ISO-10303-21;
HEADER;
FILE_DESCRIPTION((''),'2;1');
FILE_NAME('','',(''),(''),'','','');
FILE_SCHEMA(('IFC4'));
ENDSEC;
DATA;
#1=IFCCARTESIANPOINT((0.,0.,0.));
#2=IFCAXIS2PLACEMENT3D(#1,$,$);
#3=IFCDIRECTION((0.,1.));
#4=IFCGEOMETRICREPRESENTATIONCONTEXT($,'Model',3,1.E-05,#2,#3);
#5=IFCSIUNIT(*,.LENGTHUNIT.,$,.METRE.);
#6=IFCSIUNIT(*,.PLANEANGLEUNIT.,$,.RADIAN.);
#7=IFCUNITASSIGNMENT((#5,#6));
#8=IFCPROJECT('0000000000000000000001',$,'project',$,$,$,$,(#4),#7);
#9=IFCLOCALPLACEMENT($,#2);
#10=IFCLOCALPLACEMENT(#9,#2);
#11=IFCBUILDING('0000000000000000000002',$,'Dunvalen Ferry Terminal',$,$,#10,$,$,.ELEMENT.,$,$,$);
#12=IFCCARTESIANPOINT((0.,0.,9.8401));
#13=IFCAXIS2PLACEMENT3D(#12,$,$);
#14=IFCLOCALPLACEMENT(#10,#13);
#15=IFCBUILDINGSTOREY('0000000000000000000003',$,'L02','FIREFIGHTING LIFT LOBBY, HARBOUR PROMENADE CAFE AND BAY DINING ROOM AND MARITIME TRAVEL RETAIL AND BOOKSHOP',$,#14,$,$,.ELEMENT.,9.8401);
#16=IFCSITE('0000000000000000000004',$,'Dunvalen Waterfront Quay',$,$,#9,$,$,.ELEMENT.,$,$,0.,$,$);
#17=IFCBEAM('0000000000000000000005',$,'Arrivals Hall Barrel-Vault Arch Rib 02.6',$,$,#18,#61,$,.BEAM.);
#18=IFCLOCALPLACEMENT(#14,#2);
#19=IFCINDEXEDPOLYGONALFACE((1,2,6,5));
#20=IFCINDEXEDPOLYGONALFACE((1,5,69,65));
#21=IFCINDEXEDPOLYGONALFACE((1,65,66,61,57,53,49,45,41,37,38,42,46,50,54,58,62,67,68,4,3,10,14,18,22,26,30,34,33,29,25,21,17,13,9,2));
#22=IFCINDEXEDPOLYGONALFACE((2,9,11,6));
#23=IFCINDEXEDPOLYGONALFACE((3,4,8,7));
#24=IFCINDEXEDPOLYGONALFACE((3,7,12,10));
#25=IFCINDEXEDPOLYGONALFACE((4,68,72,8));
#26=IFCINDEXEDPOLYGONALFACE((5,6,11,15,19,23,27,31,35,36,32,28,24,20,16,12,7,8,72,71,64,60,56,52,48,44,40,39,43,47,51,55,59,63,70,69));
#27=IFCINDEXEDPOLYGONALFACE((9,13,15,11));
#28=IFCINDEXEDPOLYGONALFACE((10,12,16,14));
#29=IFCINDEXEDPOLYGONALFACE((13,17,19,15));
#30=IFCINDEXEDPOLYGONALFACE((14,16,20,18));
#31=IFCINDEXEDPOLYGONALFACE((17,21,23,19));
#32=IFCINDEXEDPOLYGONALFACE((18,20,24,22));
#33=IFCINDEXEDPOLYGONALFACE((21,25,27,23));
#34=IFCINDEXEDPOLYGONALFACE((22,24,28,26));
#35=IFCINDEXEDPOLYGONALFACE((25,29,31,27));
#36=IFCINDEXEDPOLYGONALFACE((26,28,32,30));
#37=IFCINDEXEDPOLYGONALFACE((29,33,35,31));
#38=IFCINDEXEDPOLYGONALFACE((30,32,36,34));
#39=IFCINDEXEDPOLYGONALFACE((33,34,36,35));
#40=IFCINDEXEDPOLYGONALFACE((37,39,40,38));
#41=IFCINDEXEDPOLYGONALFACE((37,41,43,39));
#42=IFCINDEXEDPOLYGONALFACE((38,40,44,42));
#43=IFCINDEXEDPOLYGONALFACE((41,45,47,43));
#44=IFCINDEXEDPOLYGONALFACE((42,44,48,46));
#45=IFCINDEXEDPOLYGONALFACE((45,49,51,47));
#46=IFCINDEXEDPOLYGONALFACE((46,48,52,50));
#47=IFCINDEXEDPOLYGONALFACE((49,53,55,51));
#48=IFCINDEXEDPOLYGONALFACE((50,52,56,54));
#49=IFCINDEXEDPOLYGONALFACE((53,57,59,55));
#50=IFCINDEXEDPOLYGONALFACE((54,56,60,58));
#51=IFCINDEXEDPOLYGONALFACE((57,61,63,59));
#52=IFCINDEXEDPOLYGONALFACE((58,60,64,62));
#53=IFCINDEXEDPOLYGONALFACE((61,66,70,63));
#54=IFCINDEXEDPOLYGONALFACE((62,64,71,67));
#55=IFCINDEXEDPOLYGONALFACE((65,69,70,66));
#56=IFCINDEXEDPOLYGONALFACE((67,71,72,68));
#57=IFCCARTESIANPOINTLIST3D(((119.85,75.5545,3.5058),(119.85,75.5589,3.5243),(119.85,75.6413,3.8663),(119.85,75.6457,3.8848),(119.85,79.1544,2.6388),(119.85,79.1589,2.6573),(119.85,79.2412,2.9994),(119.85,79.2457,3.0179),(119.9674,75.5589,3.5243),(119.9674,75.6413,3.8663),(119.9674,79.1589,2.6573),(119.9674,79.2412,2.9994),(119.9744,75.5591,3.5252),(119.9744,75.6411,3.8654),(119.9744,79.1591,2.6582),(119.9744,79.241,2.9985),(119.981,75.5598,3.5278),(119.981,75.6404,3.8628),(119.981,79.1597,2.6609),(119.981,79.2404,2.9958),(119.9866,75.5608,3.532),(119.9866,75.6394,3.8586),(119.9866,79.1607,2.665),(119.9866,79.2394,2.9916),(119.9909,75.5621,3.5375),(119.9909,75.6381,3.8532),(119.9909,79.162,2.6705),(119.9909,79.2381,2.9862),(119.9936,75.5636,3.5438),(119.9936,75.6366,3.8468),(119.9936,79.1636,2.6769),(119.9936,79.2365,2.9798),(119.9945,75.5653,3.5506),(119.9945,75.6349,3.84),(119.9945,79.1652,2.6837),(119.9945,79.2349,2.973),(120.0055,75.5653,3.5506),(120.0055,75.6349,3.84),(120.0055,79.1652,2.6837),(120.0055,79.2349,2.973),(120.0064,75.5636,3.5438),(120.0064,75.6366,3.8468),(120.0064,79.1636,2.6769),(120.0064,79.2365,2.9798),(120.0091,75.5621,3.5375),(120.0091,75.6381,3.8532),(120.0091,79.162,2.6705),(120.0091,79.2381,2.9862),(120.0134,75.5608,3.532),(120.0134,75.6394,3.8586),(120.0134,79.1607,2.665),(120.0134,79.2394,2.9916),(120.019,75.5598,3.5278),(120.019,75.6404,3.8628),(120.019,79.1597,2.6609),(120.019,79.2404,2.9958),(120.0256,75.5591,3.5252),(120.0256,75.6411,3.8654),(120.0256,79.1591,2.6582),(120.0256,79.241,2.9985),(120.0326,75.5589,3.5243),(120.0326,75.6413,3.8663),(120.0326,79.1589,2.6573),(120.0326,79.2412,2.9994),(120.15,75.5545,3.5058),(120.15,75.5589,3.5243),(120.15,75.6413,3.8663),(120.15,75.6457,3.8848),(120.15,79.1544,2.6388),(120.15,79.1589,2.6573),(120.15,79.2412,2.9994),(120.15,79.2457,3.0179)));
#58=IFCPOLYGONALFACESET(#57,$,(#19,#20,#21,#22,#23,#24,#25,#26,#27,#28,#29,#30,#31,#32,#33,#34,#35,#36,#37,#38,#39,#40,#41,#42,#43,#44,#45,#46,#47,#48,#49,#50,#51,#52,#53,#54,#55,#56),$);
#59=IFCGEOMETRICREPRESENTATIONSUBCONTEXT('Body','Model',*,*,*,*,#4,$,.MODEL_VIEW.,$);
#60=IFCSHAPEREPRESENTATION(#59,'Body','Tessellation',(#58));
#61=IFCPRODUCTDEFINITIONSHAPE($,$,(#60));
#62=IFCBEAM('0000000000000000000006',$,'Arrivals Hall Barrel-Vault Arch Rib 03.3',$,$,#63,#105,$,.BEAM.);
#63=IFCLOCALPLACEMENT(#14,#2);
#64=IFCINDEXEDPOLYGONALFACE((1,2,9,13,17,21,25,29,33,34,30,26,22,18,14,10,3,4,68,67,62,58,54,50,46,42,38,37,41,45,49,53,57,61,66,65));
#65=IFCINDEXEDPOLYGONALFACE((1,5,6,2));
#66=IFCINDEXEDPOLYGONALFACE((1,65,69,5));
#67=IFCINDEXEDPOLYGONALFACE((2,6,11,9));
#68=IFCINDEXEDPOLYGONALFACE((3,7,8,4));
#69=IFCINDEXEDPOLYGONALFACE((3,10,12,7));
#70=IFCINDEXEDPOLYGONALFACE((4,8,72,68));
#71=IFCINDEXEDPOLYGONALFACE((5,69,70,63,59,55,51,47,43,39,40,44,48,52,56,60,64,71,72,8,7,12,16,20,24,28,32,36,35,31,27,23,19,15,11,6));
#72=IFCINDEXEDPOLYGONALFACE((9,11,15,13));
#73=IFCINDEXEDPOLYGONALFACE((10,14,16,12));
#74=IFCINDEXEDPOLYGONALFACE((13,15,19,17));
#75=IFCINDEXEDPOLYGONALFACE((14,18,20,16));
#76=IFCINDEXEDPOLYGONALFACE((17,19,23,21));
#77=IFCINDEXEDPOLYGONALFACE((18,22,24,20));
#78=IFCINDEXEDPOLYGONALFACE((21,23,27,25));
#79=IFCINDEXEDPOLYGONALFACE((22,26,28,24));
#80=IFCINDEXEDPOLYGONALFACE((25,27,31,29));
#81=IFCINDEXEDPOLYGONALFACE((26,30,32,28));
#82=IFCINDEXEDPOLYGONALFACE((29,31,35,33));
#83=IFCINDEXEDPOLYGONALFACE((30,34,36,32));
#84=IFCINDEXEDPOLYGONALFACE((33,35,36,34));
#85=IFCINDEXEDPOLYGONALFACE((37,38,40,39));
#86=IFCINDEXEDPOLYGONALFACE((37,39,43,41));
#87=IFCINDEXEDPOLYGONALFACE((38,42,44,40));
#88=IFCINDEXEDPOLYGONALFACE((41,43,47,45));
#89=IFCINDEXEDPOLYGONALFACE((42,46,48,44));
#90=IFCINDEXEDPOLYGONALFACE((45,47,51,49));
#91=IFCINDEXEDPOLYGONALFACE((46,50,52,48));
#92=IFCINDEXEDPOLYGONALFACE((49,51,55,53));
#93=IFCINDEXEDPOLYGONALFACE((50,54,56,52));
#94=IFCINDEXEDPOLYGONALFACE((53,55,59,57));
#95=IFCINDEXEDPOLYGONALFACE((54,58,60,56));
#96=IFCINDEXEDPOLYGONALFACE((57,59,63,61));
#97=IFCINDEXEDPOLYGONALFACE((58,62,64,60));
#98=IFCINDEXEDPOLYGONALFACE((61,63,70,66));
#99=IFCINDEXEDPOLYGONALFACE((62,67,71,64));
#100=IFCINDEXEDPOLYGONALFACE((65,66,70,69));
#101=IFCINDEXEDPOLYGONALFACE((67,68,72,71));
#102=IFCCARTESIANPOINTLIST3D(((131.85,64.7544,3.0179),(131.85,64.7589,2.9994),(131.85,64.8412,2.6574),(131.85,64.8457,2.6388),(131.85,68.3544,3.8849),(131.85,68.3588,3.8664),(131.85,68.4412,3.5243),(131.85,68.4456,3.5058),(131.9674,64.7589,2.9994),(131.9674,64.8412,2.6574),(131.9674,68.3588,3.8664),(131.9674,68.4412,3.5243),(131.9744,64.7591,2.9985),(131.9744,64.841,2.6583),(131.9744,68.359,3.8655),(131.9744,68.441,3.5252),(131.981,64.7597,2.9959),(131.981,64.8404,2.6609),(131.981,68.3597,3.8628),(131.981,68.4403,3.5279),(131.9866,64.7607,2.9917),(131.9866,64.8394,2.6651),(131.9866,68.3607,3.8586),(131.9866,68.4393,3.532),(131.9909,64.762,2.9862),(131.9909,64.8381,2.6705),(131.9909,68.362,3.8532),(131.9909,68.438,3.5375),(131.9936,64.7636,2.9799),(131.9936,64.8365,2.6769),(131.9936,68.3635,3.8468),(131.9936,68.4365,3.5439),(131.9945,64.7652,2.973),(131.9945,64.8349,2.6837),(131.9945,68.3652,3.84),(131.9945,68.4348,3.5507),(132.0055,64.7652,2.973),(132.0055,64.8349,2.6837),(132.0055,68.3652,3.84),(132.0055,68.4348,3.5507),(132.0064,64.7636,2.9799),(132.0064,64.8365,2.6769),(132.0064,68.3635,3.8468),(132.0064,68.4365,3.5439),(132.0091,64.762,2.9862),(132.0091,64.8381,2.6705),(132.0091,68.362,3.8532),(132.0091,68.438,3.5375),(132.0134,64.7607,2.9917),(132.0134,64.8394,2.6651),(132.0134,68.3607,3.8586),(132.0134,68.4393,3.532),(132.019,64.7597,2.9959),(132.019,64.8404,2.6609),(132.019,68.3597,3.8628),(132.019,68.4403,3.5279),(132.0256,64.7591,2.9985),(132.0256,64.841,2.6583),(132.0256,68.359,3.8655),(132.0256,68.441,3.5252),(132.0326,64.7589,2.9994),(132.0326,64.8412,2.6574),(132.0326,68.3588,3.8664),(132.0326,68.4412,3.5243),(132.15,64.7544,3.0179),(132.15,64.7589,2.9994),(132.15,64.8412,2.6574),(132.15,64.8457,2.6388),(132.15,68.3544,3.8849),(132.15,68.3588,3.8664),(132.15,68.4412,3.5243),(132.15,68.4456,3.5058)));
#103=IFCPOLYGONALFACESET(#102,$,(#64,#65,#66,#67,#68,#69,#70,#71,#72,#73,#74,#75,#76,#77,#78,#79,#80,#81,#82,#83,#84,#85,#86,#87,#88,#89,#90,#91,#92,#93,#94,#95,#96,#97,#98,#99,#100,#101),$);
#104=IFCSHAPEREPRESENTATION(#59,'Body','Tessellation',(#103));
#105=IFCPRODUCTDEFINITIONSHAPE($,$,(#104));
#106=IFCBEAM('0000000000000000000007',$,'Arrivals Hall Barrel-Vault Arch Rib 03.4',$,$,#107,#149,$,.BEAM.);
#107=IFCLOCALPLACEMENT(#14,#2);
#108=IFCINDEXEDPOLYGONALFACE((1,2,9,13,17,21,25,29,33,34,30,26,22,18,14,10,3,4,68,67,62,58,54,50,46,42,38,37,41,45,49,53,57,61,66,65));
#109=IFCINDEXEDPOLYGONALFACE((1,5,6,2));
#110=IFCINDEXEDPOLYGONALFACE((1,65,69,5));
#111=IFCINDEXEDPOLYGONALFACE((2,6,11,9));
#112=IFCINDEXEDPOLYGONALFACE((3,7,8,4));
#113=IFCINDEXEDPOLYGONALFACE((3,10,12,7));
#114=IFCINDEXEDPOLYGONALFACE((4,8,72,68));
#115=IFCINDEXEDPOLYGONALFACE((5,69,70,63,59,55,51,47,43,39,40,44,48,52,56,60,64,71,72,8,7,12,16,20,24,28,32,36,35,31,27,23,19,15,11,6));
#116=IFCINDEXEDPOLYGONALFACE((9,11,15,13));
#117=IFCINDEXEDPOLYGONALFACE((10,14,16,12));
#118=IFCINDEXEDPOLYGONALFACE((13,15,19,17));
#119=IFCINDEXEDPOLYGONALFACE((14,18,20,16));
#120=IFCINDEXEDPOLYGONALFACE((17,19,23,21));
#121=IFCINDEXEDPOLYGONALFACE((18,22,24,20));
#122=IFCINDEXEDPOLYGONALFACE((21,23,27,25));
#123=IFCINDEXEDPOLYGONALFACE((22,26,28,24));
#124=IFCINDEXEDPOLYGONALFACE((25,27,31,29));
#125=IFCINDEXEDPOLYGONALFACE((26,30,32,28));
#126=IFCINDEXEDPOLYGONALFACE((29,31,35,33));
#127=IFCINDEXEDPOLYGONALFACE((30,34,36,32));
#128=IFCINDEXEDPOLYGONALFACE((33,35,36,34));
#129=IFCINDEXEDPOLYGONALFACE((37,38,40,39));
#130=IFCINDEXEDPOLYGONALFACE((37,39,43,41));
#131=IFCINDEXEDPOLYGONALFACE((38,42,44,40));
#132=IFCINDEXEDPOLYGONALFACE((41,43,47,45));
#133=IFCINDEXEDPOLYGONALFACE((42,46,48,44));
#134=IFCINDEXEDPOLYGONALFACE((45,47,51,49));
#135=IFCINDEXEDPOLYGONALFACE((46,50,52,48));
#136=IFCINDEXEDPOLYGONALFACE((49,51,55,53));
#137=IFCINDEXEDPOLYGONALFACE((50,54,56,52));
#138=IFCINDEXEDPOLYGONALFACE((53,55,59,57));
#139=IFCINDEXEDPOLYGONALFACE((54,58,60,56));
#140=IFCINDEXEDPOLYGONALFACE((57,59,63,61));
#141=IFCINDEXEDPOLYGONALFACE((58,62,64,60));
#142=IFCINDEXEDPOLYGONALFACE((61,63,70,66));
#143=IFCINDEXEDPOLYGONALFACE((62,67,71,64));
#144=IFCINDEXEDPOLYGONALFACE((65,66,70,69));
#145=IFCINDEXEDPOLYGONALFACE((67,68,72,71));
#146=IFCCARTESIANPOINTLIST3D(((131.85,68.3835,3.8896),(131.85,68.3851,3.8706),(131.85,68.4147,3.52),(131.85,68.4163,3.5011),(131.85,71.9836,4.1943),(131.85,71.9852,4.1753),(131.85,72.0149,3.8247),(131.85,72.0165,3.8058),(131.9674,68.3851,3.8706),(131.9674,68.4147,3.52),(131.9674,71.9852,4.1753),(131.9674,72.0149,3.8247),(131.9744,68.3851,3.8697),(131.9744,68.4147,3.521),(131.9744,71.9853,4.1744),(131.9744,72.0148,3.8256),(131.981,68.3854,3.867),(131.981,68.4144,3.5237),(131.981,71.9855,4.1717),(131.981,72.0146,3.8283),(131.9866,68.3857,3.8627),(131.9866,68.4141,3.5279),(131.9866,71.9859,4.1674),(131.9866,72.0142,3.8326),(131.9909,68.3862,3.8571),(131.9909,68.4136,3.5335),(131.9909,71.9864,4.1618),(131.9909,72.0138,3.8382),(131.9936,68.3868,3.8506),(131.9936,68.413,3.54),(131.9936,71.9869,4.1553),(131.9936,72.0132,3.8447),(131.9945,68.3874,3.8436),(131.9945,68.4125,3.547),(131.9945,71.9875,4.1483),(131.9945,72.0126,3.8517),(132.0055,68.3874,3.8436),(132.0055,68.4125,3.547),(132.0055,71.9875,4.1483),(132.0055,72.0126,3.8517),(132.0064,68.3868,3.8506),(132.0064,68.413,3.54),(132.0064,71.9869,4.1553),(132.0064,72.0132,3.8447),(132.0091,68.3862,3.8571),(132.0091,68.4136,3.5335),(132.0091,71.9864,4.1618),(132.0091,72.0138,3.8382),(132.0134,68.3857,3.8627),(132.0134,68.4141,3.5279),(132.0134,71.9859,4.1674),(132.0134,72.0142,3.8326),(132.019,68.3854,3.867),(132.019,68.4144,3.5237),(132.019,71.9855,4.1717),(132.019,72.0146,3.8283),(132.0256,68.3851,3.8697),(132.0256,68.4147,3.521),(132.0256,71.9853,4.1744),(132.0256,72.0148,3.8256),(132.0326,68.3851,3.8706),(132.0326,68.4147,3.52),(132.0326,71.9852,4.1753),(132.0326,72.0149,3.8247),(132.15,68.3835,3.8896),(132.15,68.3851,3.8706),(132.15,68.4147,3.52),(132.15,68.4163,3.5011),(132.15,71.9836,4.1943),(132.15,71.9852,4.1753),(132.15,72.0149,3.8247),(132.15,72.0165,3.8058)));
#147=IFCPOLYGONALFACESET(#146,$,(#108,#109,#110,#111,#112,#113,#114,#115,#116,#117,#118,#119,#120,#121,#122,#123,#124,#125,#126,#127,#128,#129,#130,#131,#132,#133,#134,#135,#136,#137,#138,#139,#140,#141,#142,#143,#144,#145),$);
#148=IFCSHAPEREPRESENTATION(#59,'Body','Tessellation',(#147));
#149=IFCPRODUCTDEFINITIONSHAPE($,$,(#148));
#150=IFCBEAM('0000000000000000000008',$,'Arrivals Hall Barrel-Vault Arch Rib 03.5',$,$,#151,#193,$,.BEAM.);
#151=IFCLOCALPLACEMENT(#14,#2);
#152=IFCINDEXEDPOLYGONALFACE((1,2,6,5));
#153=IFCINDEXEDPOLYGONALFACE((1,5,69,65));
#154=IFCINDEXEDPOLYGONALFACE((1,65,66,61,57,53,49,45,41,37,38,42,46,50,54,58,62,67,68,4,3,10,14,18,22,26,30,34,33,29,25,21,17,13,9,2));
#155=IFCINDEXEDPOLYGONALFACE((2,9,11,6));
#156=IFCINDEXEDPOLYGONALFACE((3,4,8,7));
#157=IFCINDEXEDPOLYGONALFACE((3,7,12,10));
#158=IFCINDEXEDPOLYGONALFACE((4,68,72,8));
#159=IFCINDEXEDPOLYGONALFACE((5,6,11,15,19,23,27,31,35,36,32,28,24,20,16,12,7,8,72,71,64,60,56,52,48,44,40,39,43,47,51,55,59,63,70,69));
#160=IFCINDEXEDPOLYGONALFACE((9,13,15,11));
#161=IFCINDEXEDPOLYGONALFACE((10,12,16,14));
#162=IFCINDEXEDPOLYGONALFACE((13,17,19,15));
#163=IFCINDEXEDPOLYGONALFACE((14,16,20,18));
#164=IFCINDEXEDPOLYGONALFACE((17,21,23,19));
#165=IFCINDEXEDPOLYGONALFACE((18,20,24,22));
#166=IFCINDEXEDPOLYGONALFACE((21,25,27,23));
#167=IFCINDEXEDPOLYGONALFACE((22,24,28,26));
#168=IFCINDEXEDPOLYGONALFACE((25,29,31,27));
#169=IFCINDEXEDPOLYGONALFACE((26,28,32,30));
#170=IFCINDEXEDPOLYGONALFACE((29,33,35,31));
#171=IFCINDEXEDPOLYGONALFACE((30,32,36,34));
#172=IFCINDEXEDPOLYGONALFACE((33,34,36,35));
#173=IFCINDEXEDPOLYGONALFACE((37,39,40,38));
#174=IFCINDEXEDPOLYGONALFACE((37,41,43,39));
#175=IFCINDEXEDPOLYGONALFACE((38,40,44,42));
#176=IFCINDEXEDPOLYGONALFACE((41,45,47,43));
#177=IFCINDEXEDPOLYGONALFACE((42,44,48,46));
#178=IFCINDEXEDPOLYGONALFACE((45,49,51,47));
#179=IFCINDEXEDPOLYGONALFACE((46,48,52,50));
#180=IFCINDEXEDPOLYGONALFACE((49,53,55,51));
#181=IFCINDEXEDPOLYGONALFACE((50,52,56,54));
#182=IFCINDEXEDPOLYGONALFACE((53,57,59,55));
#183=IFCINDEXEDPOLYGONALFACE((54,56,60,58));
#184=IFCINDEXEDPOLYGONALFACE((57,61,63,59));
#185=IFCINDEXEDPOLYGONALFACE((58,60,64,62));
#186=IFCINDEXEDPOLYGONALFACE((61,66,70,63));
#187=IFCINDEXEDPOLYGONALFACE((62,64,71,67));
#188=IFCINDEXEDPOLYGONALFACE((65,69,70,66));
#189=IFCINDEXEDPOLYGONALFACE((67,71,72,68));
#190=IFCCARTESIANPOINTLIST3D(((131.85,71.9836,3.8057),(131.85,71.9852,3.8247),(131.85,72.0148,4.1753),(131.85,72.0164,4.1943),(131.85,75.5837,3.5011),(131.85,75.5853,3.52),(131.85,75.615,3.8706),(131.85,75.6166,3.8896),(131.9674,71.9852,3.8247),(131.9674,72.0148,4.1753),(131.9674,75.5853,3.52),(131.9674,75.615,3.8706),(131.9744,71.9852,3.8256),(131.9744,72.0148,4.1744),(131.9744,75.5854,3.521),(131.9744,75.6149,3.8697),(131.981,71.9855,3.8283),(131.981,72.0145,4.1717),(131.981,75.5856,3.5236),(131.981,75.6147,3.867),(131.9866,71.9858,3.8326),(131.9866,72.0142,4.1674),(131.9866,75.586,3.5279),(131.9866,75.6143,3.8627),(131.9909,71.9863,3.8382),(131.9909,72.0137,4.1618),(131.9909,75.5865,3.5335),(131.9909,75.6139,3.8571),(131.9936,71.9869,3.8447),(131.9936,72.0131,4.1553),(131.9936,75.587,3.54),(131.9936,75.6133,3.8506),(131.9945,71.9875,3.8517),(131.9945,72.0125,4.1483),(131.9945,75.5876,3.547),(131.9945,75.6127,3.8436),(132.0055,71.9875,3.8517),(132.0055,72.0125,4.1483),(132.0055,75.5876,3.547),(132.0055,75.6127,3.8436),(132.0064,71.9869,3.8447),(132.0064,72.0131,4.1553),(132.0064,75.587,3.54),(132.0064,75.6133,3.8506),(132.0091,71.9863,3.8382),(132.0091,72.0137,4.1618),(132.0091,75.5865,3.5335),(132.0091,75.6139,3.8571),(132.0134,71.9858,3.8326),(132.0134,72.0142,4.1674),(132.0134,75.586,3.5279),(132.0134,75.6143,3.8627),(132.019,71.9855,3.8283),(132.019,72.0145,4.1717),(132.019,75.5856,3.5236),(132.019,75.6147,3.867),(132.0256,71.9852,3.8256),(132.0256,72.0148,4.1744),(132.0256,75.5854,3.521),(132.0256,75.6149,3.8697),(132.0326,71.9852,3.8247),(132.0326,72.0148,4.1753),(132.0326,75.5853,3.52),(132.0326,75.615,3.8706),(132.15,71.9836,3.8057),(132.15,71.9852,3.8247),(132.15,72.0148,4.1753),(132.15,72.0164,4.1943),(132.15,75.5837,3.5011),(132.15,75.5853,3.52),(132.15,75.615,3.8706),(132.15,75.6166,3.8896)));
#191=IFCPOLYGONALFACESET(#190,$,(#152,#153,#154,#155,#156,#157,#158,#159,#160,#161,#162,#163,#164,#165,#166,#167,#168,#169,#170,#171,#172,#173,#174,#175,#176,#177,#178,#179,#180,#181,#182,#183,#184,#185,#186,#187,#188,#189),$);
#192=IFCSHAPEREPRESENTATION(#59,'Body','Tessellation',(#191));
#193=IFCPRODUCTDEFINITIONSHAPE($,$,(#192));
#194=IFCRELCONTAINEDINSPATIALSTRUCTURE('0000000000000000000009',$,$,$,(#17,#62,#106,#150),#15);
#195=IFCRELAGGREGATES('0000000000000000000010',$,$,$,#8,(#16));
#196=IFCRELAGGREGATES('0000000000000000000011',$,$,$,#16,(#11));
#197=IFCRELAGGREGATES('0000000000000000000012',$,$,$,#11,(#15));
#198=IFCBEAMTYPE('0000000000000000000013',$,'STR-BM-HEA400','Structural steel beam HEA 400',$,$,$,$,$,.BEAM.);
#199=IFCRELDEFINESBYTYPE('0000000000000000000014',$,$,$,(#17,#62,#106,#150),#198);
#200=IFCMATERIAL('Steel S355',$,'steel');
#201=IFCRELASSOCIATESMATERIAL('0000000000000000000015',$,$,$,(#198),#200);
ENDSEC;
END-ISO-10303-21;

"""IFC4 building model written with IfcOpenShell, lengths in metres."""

from ifc_helpers import new_model, si_unit, direction, frame, origin, origin_2d, place, context, subcontext, project, spatial, i_section, extrude, material, material_profile, profile_set, type_object, element, save


model = new_model("IFC4")

# Units and contexts
model_context = context("Model", 3, precision=1e-05, world=origin(), true_north=direction((0.0, 1.0)))
body_context = subcontext(model_context, "Body", "Model", "MODEL_VIEW")
ifc_project = project(units=[si_unit("LENGTHUNIT", "METRE"), si_unit("PLANEANGLEUNIT", "RADIAN")], contexts=[model_context])

# Site, building, storey
site_placement = place(None, origin())
site = spatial("IfcSite", under=ifc_project, at=site_placement, Name="Dunvalen Waterfront Quay", CompositionType="ELEMENT", RefElevation=0.0)
building_placement = place(site_placement, origin())
building = spatial("IfcBuilding", under=site, at=building_placement, Name="Dunvalen Ferry Terminal", CompositionType="ELEMENT")
storey_placement = place(building_placement, frame((0.0, 0.0, 9.8401)))
storey = spatial("IfcBuildingStorey", under=building, at=storey_placement, Name="L02", Description="FIREFIGHTING LIFT LOBBY, HARBOUR PROMENADE CAFE AND BAY DINING ROOM AND MARITIME TRAVEL RETAIL AND BOOKSHOP", CompositionType="ELEMENT", Elevation=9.8401)

# Beams
ifc_material_1 = material(Name="Steel S355", Category="steel")
ifc_material_profile_1 = material_profile(ifc_material_1, i_section(OverallWidth=0.3, OverallDepth=0.3899, WebThickness=0.011, FlangeThickness=0.019, FilletRadius=0.0271, at=origin_2d()), Name="Steel S355")
ifc_profile_set_1 = profile_set([ifc_material_profile_1], Name="Steel S355")
beam_type = type_object("IfcBeamType", Name="STR-BM-HEA400", Description="Structural steel beam HEA 400", PredefinedType="BEAM", material=ifc_profile_set_1)
for number, where, z_axis, x_axis, name in (
    (1, (120.0, 75.6001, 3.6953), (0.0, 0.972204, -0.234133), (-1.0, 0.0, 0.0), "Arrivals Hall Barrel-Vault Arch Rib 02.6"),
    (2, (132.0, 64.8, 2.8284), (0.0, 0.972204, 0.234133), (-1.0, 0.0, 0.0), "Arrivals Hall Barrel-Vault Arch Rib 03.3"),
):
    element("IfcBeam", number, at=place(storey_placement, frame(where, z_axis=z_axis, x_axis=x_axis)), inside=storey, type_object=beam_type, Name=name, PredefinedType="BEAM", context=body_context, shape_type="SweptSolid", body=[
        extrude(i_section(OverallWidth=0.3, OverallDepth=0.3899, WebThickness=0.011, FlangeThickness=0.019, FilletRadius=0.0271, at=origin_2d()), origin(), (0.0, 0.0, 1.0), 3.7029),
    ])
for number, where, z_axis, x_axis, name in (
    (3, (132.0, 68.3999, 3.6953), (0.0, 0.996438, 0.084332), (-1.0, 0.0, 0.0), "Arrivals Hall Barrel-Vault Arch Rib 03.4"),
    (4, (132.0, 72.0, 4.0), (0.0, 0.996438, -0.084332), (-1.0, 0.0, 0.0), "Arrivals Hall Barrel-Vault Arch Rib 03.5"),
):
    element("IfcBeam", number, at=place(storey_placement, frame(where, z_axis=z_axis, x_axis=x_axis)), inside=storey, type_object=beam_type, Name=name, PredefinedType="BEAM", context=body_context, shape_type="SweptSolid", body=[
        extrude(i_section(OverallWidth=0.3, OverallDepth=0.3899, WebThickness=0.011, FlangeThickness=0.019, FilletRadius=0.0271, at=origin_2d()), origin(), (0.0, 0.0, 1.0), 3.613),
    ])

save(model, "model.ifc")
